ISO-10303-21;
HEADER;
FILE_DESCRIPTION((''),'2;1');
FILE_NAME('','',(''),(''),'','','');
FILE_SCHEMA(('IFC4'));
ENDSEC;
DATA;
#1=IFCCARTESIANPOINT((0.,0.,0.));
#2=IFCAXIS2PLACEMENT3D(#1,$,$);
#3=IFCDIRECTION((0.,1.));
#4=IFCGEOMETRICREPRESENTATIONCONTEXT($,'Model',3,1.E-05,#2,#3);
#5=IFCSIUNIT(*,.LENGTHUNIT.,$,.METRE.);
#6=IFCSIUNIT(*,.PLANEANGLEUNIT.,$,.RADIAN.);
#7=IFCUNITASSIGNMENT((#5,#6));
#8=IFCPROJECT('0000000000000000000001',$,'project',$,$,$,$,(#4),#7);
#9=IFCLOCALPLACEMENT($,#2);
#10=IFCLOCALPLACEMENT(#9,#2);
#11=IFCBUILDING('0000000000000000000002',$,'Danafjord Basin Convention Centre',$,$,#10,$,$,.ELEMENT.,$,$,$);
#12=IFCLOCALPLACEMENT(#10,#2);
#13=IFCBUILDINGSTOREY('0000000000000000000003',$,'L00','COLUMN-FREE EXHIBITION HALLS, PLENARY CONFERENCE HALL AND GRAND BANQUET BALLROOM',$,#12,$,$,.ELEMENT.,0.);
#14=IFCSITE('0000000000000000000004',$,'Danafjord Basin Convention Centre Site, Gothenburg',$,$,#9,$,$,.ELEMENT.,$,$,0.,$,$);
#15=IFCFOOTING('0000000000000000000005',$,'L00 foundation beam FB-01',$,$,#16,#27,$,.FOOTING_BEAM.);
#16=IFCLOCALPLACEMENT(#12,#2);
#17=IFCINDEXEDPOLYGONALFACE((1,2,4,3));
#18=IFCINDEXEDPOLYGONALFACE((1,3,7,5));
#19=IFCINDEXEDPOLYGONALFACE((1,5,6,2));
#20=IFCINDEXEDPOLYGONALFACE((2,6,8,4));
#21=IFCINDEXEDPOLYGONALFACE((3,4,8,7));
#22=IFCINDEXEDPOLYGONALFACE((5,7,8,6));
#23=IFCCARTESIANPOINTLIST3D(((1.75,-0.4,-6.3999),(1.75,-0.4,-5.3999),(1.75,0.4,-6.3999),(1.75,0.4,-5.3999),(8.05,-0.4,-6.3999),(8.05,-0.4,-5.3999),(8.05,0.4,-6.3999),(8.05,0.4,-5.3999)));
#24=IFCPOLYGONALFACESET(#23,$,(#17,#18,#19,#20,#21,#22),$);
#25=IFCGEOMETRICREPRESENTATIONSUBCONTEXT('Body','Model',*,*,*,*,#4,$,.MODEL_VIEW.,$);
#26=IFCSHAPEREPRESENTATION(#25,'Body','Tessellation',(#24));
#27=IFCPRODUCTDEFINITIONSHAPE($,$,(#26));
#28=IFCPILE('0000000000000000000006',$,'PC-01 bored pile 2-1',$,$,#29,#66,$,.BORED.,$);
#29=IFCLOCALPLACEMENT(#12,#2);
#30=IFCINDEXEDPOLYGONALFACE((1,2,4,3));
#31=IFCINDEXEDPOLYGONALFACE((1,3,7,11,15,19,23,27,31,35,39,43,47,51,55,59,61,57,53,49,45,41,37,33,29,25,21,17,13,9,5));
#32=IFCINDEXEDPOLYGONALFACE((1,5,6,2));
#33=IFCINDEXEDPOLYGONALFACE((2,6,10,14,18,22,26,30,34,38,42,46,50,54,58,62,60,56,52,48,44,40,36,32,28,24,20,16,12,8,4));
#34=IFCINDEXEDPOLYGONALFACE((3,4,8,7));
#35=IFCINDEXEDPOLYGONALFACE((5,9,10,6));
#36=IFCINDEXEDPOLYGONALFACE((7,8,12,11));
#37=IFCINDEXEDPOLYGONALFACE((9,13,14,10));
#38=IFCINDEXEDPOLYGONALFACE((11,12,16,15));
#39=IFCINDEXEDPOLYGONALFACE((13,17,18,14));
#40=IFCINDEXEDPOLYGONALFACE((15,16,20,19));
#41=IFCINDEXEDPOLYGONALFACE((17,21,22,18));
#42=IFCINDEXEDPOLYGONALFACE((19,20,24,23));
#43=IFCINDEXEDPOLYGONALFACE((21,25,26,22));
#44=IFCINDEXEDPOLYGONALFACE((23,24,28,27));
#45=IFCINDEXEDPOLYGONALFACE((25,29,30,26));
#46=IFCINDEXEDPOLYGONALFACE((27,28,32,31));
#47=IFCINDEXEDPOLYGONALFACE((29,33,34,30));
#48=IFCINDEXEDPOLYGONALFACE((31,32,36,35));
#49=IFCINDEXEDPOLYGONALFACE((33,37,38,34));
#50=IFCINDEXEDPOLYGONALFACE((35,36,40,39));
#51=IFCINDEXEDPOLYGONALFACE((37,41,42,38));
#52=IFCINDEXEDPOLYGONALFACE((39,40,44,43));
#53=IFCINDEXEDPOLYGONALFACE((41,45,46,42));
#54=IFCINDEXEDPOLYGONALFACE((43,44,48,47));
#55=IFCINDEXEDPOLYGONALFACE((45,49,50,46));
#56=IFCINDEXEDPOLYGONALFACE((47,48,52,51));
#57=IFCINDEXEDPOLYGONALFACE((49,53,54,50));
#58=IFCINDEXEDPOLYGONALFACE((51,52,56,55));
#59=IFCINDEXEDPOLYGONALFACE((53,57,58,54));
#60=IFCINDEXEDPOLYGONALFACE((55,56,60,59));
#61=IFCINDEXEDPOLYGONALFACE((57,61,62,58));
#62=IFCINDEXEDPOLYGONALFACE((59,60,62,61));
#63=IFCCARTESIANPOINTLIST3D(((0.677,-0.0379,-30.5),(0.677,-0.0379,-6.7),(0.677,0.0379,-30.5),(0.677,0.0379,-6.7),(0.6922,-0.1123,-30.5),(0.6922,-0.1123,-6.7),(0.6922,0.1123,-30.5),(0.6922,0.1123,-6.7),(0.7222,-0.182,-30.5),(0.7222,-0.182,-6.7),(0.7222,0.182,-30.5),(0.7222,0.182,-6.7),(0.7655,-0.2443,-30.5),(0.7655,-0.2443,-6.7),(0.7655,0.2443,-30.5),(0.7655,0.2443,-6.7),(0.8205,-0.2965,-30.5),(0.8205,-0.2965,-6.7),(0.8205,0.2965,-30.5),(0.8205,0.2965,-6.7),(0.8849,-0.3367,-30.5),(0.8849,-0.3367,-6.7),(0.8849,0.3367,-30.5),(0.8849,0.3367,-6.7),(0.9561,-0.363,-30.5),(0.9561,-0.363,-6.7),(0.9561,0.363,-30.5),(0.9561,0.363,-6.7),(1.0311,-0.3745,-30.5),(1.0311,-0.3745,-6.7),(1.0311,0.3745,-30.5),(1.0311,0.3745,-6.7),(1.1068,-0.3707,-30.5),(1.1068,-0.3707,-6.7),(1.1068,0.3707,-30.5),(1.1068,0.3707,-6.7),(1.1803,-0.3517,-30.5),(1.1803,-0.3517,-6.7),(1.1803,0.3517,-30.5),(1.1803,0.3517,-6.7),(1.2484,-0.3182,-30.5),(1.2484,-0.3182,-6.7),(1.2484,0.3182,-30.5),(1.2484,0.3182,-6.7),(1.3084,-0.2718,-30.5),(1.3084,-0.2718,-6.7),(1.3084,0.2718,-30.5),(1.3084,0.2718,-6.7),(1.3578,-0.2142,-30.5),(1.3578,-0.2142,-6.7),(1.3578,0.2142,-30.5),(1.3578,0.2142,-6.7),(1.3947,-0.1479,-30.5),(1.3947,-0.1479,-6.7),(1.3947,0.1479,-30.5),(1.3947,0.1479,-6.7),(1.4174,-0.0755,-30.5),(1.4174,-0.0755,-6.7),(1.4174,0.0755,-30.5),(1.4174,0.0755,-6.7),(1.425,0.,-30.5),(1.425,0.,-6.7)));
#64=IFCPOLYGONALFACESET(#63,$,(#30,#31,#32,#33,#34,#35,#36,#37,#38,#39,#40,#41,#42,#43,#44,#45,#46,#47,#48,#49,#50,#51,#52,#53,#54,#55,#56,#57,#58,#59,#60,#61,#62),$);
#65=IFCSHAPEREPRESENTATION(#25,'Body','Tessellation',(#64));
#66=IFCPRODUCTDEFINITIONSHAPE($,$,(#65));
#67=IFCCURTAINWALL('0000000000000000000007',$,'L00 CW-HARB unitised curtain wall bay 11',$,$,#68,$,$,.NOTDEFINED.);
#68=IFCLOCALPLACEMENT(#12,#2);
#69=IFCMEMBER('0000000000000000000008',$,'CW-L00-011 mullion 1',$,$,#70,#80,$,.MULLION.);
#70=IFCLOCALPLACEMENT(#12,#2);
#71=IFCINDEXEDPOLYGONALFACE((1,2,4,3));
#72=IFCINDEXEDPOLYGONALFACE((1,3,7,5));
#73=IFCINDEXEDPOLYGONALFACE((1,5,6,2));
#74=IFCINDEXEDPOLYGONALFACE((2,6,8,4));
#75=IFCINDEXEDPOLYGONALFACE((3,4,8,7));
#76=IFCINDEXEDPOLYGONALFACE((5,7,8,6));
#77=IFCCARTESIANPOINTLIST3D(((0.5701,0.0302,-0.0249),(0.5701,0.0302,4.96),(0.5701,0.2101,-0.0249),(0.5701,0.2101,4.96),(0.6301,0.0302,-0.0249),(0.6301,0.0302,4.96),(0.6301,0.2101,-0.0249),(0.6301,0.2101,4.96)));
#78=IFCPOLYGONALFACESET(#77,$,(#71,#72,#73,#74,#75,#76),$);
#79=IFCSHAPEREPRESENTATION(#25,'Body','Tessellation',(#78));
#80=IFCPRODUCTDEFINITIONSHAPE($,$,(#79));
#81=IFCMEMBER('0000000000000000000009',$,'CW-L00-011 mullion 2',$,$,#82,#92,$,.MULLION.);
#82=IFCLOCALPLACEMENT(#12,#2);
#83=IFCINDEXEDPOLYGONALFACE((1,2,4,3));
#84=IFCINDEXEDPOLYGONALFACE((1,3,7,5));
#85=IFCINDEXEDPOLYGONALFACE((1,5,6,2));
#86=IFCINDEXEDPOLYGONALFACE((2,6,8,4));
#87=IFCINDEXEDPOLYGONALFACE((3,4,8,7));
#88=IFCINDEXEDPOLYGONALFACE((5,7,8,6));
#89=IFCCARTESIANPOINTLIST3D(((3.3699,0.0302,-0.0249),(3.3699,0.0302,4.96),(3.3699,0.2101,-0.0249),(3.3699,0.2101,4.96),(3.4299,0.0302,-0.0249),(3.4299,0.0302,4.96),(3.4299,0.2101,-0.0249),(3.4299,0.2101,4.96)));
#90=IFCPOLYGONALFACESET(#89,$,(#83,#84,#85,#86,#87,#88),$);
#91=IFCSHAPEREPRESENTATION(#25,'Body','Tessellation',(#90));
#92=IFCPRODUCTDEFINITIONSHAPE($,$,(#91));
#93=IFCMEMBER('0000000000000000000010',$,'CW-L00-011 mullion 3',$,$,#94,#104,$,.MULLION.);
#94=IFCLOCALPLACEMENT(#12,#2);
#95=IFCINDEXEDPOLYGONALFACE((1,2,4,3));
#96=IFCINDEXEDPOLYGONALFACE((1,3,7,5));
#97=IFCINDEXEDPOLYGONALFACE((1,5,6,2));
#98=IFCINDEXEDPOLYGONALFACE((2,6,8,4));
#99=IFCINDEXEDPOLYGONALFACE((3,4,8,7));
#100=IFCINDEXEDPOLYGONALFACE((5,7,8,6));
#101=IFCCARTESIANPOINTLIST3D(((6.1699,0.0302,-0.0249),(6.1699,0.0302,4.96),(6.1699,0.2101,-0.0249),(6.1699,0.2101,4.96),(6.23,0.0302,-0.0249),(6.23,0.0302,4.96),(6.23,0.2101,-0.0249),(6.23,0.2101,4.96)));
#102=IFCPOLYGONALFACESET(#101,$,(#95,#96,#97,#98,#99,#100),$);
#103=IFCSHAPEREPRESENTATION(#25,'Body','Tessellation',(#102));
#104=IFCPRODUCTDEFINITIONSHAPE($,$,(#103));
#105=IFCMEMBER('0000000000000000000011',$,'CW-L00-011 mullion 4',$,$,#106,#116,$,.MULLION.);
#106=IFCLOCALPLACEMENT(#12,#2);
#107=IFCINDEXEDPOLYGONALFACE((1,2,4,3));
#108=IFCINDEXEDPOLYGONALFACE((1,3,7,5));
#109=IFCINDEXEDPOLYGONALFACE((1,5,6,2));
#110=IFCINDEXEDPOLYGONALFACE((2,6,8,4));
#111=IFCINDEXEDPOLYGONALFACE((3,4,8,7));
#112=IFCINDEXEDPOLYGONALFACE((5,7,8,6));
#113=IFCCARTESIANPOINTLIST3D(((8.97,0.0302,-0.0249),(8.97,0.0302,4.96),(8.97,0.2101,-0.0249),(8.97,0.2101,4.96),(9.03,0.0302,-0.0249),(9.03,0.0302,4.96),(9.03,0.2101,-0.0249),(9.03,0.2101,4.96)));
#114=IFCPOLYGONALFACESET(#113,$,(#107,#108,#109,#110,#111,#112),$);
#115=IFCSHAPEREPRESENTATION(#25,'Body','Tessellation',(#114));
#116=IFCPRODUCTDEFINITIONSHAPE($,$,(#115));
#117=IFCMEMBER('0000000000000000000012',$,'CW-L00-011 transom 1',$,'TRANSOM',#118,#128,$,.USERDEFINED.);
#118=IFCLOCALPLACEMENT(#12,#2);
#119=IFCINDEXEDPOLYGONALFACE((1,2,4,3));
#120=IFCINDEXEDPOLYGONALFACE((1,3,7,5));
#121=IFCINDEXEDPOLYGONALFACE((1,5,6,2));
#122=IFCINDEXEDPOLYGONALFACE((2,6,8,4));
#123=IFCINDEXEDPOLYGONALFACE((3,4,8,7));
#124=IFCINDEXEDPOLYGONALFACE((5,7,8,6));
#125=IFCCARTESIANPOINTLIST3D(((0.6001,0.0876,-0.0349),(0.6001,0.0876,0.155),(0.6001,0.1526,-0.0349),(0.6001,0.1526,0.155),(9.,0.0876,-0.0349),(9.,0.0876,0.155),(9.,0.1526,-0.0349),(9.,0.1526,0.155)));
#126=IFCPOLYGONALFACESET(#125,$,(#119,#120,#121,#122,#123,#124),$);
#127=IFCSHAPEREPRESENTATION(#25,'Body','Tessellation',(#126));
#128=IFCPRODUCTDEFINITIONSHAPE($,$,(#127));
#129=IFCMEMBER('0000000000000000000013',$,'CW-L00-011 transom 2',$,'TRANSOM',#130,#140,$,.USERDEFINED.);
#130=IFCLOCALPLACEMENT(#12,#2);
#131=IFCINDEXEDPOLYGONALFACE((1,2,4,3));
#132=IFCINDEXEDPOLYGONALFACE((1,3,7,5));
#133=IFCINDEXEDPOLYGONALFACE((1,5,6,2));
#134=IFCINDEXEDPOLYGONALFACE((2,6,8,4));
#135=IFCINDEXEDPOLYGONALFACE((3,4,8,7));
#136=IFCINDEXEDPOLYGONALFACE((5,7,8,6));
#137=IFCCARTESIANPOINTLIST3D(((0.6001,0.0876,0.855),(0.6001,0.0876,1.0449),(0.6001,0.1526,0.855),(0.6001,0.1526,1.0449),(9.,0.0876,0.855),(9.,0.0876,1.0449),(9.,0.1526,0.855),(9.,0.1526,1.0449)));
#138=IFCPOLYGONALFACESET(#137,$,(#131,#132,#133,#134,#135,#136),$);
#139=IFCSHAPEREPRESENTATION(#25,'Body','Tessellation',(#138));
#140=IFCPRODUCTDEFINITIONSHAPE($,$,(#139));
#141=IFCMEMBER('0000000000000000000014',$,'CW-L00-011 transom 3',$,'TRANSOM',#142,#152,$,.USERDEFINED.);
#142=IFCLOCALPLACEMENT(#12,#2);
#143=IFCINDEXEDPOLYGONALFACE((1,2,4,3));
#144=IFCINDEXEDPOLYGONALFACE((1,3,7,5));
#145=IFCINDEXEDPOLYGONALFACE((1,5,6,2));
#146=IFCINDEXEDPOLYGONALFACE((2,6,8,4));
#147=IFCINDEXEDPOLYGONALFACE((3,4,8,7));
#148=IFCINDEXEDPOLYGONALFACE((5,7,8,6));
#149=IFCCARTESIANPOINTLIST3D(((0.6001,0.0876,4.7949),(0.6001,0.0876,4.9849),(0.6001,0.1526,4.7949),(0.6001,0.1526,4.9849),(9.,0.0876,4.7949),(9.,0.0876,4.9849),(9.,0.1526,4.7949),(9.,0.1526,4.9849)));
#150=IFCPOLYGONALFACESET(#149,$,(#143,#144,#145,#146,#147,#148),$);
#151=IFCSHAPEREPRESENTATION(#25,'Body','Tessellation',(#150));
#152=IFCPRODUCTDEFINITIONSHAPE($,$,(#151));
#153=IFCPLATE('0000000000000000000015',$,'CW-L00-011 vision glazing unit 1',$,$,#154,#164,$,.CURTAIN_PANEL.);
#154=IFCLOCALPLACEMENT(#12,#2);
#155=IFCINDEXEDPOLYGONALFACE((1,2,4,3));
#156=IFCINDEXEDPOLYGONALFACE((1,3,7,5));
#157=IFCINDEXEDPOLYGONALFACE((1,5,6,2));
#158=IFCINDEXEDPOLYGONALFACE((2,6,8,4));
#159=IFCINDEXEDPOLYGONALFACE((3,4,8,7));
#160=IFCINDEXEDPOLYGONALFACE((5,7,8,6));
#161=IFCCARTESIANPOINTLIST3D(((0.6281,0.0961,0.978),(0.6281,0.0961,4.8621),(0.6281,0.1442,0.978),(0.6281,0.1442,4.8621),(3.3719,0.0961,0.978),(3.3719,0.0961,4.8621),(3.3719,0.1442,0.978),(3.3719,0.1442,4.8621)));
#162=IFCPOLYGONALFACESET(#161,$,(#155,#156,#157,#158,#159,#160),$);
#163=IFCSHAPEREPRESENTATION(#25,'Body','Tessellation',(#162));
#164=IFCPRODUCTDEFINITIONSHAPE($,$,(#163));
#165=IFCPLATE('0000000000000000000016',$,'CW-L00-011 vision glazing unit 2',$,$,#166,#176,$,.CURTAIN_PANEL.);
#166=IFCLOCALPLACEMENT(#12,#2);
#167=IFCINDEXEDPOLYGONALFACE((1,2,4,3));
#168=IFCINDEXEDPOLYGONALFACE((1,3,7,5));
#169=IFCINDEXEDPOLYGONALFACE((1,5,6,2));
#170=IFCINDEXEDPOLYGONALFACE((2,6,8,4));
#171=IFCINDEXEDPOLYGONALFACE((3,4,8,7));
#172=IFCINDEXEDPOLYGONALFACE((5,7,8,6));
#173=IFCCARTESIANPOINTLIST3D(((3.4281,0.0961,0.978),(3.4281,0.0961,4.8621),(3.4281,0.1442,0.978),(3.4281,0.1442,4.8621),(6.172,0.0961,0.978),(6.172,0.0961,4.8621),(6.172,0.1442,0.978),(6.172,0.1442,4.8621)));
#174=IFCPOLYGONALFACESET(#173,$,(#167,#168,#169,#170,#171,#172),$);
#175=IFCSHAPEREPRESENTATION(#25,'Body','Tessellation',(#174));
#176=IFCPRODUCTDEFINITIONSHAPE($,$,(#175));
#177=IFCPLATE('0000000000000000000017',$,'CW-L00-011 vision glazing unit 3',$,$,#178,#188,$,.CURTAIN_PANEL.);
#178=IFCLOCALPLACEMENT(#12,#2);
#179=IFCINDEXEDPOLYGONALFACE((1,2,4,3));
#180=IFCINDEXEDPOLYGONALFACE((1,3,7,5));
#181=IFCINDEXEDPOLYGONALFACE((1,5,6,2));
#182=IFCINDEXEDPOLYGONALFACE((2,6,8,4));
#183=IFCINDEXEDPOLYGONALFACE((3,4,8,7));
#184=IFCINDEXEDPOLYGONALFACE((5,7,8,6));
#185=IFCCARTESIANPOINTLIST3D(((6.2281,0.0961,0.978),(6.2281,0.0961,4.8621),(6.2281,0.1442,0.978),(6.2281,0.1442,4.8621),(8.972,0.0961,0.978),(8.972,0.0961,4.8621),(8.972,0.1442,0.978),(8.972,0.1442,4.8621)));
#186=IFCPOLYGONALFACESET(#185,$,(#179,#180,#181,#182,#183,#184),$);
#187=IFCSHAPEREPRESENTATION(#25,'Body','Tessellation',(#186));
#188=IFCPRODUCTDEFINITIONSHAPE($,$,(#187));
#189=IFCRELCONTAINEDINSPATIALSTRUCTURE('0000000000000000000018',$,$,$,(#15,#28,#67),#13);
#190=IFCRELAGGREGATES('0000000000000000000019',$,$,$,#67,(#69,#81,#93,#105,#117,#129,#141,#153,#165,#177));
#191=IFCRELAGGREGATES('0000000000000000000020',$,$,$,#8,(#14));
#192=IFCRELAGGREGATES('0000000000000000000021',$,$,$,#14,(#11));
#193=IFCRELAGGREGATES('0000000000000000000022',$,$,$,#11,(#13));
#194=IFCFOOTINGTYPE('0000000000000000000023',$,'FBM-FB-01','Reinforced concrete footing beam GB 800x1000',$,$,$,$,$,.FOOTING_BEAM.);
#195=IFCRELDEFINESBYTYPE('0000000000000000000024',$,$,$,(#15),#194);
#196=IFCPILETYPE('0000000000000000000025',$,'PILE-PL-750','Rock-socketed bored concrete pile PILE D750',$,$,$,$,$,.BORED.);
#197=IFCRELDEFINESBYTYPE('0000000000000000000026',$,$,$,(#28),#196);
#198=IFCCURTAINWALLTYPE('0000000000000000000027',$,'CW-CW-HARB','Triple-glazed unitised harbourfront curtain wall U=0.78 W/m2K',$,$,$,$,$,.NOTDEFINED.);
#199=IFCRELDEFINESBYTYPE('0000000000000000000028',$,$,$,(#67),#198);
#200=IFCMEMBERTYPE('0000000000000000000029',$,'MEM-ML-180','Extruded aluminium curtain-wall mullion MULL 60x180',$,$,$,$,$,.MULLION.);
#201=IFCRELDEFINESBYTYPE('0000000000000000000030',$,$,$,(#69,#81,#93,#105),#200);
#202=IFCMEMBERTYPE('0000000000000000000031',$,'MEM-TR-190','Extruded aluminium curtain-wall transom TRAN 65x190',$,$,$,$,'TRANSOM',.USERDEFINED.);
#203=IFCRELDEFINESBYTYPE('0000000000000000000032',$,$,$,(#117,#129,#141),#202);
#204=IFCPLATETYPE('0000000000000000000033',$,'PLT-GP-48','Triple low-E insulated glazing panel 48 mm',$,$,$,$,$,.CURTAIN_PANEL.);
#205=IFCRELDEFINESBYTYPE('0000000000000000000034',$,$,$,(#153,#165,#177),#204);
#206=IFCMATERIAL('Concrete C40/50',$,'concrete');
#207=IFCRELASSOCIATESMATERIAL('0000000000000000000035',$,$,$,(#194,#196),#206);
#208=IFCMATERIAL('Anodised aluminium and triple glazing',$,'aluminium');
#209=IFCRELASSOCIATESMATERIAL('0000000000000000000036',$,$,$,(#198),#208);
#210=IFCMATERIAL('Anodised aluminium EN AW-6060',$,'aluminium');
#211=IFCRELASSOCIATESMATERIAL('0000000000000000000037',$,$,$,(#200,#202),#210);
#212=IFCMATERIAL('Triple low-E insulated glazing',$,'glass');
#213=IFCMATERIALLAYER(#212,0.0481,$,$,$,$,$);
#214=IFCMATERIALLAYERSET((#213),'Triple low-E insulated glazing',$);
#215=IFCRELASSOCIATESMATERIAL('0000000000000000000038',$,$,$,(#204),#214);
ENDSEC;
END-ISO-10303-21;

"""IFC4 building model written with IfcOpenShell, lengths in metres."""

from ifc_helpers import new_model, si_unit, direction, frame, origin, origin_2d, place, context, subcontext, project, spatial, rectangle, circle, extrude, material, layer, layer_set, material_profile, profile_set, type_object, element, aggregate, save


model = new_model("IFC4")

# Units and contexts
model_context = context("Model", 3, precision=1e-05, world=origin(), true_north=direction((0.0, 1.0)))
body_context = subcontext(model_context, "Body", "Model", "MODEL_VIEW")
ifc_project = project(units=[si_unit("LENGTHUNIT", "METRE"), si_unit("PLANEANGLEUNIT", "RADIAN")], contexts=[model_context])

# Site, building, storey
site_placement = place(None, origin())
site = spatial("IfcSite", under=ifc_project, at=site_placement, Name="Danafjord Basin Convention Centre Site, Gothenburg", CompositionType="ELEMENT", RefElevation=0.0)
building_placement = place(site_placement, origin())
building = spatial("IfcBuilding", under=site, at=building_placement, Name="Danafjord Basin Convention Centre", CompositionType="ELEMENT")
storey_placement = place(building_placement, origin())
storey = spatial("IfcBuildingStorey", under=building, at=storey_placement, Name="L00", Description="COLUMN-FREE EXHIBITION HALLS, PLENARY CONFERENCE HALL AND GRAND BANQUET BALLROOM", CompositionType="ELEMENT", Elevation=0.0)

# Footing
ifc_material_1 = material(Name="Concrete C40/50", Category="concrete")
ifc_material_profile_1 = material_profile(ifc_material_1, rectangle(XDim=0.8, YDim=1.0, at=origin_2d()), Name="GB 800x1000")
ifc_profile_set_1 = profile_set([ifc_material_profile_1], Name="Concrete C40/50")
footing_type = type_object("IfcFootingType", Name="FBM-FB-01", Description="Reinforced concrete footing beam GB 800x1000", PredefinedType="FOOTING_BEAM", material=ifc_profile_set_1)
footing_placement = place(storey_placement, frame((1.75, 0.0, -5.8999), z_axis=(1.0, 0.0, 0.0), x_axis=(0.0, 1.0, 0.0)))
element("IfcFooting", 1, at=footing_placement, inside=storey, type_object=footing_type, Name="L00 foundation beam FB-01", PredefinedType="FOOTING_BEAM", context=body_context, shape_type="SweptSolid", body=[
    extrude(rectangle(XDim=0.8, YDim=1.0, at=origin_2d()), origin(), (0.0, 0.0, 1.0), 6.3),
])

# Pile
ifc_material_profile_2 = material_profile(ifc_material_1, circle(Radius=0.375, at=origin_2d()), Name="PILE D750")
ifc_profile_set_2 = profile_set([ifc_material_profile_2], Name="Concrete C40/50")
pile_type = type_object("IfcPileType", Name="PILE-PL-750", Description="Rock-socketed bored concrete pile PILE D750", PredefinedType="BORED", material=ifc_profile_set_2)
pile_placement = place(storey_placement, frame((1.05, 0.0, -6.7), z_axis=(0.0, 0.0, -1.0), x_axis=(1.0, 0.0, 0.0)))
element("IfcPile", 2, at=pile_placement, inside=storey, type_object=pile_type, Name="PC-01 bored pile 2-1", PredefinedType="BORED", context=body_context, shape_type="SweptSolid", body=[
    extrude(circle(Radius=0.375, at=origin_2d()), origin(), (0.0, 0.0, 1.0), 23.8),
])

# Curtain wall, members, plates
ifc_material_2 = material(Name="Anodised aluminium and triple glazing", Category="aluminium")
curtain_wall_type = type_object("IfcCurtainWallType", Name="CW-CW-HARB", Description="Triple-glazed unitised harbourfront curtain wall U=0.78 W/m2K", PredefinedType="NOTDEFINED", material=ifc_material_2)
curtain_wall_placement = place(storey_placement, origin())
curtain_wall = element("IfcCurtainWall", 3, at=curtain_wall_placement, inside=storey, type_object=curtain_wall_type, Name="L00 CW-HARB unitised curtain wall bay 11", PredefinedType="NOTDEFINED")
ifc_material_3 = material(Name="Anodised aluminium EN AW-6060", Category="aluminium")
ifc_material_profile_3 = material_profile(ifc_material_3, rectangle(XDim=0.0601, YDim=0.1799, at=origin_2d()), Name="MULL 60x180")
ifc_profile_set_3 = profile_set([ifc_material_profile_3], Name="Anodised aluminium EN AW-6060")
member_type_1 = type_object("IfcMemberType", Name="MEM-ML-180", Description="Extruded aluminium curtain-wall mullion MULL 60x180", PredefinedType="MULLION", material=ifc_profile_set_3)
member_1_placement = place(storey_placement, frame((0.6001, 0.1201, -0.0249), z_axis=(0.0, 0.0, 1.0), x_axis=(1.0, 0.0, 0.0)))
member_1 = element("IfcMember", 4, at=member_1_placement, type_object=member_type_1, Name="CW-L00-011 mullion 1", PredefinedType="MULLION", context=body_context, shape_type="SweptSolid", body=[
    extrude(rectangle(XDim=0.0601, YDim=0.1799, at=origin_2d()), origin(), (0.0, 0.0, 1.0), 4.9849),
])
member_2_placement = place(storey_placement, frame((3.3999, 0.1201, -0.0249), z_axis=(0.0, 0.0, 1.0), x_axis=(1.0, 0.0, 0.0)))
member_2 = element("IfcMember", 5, at=member_2_placement, type_object=member_type_1, Name="CW-L00-011 mullion 2", PredefinedType="MULLION", context=body_context, shape_type="SweptSolid", body=[
    extrude(rectangle(XDim=0.0601, YDim=0.1799, at=origin_2d()), origin(), (0.0, 0.0, 1.0), 4.9849),
])
member_3_placement = place(storey_placement, frame((6.2, 0.1201, -0.0249), z_axis=(0.0, 0.0, 1.0), x_axis=(1.0, 0.0, 0.0)))
member_3 = element("IfcMember", 6, at=member_3_placement, type_object=member_type_1, Name="CW-L00-011 mullion 3", PredefinedType="MULLION", context=body_context, shape_type="SweptSolid", body=[
    extrude(rectangle(XDim=0.0601, YDim=0.1799, at=origin_2d()), origin(), (0.0, 0.0, 1.0), 4.9849),
])
member_4_placement = place(storey_placement, frame((9.0, 0.1201, -0.0249), z_axis=(0.0, 0.0, 1.0), x_axis=(1.0, 0.0, 0.0)))
member_4 = element("IfcMember", 7, at=member_4_placement, type_object=member_type_1, Name="CW-L00-011 mullion 4", PredefinedType="MULLION", context=body_context, shape_type="SweptSolid", body=[
    extrude(rectangle(XDim=0.0601, YDim=0.1799, at=origin_2d()), origin(), (0.0, 0.0, 1.0), 4.9849),
])
ifc_material_profile_4 = material_profile(ifc_material_3, rectangle(XDim=0.0649, YDim=0.1899, at=origin_2d()), Name="TRAN 65x190")
ifc_profile_set_4 = profile_set([ifc_material_profile_4], Name="Anodised aluminium EN AW-6060")
member_type_2 = type_object("IfcMemberType", Name="MEM-TR-190", Description="Extruded aluminium curtain-wall transom TRAN 65x190", ElementType="TRANSOM", PredefinedType="USERDEFINED", material=ifc_profile_set_4)
member_5_placement = place(storey_placement, frame((0.6001, 0.1201, 0.0601), z_axis=(1.0, 0.0, 0.0), x_axis=(0.0, 1.0, 0.0)))
member_5 = element("IfcMember", 8, at=member_5_placement, type_object=member_type_2, Name="CW-L00-011 transom 1", ObjectType="TRANSOM", PredefinedType="USERDEFINED", context=body_context, shape_type="SweptSolid", body=[
    extrude(rectangle(XDim=0.0649, YDim=0.1899, at=origin_2d()), origin(), (0.0, 0.0, 1.0), 8.3999),
])
member_6_placement = place(storey_placement, frame((0.6001, 0.1201, 0.95), z_axis=(1.0, 0.0, 0.0), x_axis=(0.0, 1.0, 0.0)))
member_6 = element("IfcMember", 9, at=member_6_placement, type_object=member_type_2, Name="CW-L00-011 transom 2", ObjectType="TRANSOM", PredefinedType="USERDEFINED", context=body_context, shape_type="SweptSolid", body=[
    extrude(rectangle(XDim=0.0649, YDim=0.1899, at=origin_2d()), origin(), (0.0, 0.0, 1.0), 8.3999),
])
member_7_placement = place(storey_placement, frame((0.6001, 0.1201, 4.8899), z_axis=(1.0, 0.0, 0.0), x_axis=(0.0, 1.0, 0.0)))
member_7 = element("IfcMember", 10, at=member_7_placement, type_object=member_type_2, Name="CW-L00-011 transom 3", ObjectType="TRANSOM", PredefinedType="USERDEFINED", context=body_context, shape_type="SweptSolid", body=[
    extrude(rectangle(XDim=0.0649, YDim=0.1899, at=origin_2d()), origin(), (0.0, 0.0, 1.0), 8.3999),
])
ifc_material_4 = material(Name="Triple low-E insulated glazing", Category="glass")
ifc_layer_1 = layer(ifc_material_4, 0.0481)
ifc_layer_set_1 = layer_set([ifc_layer_1], Name="Triple low-E insulated glazing")
plate_type_1 = type_object("IfcPlateType", Name="PLT-GP-48", Description="Triple low-E insulated glazing panel 48 mm", PredefinedType="CURTAIN_PANEL", material=ifc_layer_set_1)
plate_1_placement = place(storey_placement, frame((2.0, 0.1201, 0.978), z_axis=(0.0, 0.0, 1.0), x_axis=(1.0, 0.0, 0.0)))
plate_1 = element("IfcPlate", 11, at=plate_1_placement, type_object=plate_type_1, Name="CW-L00-011 vision glazing unit 1", PredefinedType="CURTAIN_PANEL", context=body_context, shape_type="SweptSolid", body=[
    extrude(rectangle(XDim=2.7439, YDim=0.0481, at=origin_2d()), origin(), (0.0, 0.0, 1.0), 3.884),
])
plate_2_placement = place(storey_placement, frame((4.8, 0.1201, 0.978), z_axis=(0.0, 0.0, 1.0), x_axis=(1.0, 0.0, 0.0)))
plate_2 = element("IfcPlate", 12, at=plate_2_placement, type_object=plate_type_1, Name="CW-L00-011 vision glazing unit 2", PredefinedType="CURTAIN_PANEL", context=body_context, shape_type="SweptSolid", body=[
    extrude(rectangle(XDim=2.7439, YDim=0.0481, at=origin_2d()), origin(), (0.0, 0.0, 1.0), 3.884),
])
plate_3_placement = place(storey_placement, frame((7.6001, 0.1201, 0.978), z_axis=(0.0, 0.0, 1.0), x_axis=(1.0, 0.0, 0.0)))
plate_3 = element("IfcPlate", 13, at=plate_3_placement, type_object=plate_type_1, Name="CW-L00-011 vision glazing unit 3", PredefinedType="CURTAIN_PANEL", context=body_context, shape_type="SweptSolid", body=[
    extrude(rectangle(XDim=2.7439, YDim=0.0481, at=origin_2d()), origin(), (0.0, 0.0, 1.0), 3.884),
])
aggregate(curtain_wall, [member_1, member_2, member_3, member_4, member_5, member_6, member_7, plate_1, plate_2, plate_3])

save(model, "model.ifc")
